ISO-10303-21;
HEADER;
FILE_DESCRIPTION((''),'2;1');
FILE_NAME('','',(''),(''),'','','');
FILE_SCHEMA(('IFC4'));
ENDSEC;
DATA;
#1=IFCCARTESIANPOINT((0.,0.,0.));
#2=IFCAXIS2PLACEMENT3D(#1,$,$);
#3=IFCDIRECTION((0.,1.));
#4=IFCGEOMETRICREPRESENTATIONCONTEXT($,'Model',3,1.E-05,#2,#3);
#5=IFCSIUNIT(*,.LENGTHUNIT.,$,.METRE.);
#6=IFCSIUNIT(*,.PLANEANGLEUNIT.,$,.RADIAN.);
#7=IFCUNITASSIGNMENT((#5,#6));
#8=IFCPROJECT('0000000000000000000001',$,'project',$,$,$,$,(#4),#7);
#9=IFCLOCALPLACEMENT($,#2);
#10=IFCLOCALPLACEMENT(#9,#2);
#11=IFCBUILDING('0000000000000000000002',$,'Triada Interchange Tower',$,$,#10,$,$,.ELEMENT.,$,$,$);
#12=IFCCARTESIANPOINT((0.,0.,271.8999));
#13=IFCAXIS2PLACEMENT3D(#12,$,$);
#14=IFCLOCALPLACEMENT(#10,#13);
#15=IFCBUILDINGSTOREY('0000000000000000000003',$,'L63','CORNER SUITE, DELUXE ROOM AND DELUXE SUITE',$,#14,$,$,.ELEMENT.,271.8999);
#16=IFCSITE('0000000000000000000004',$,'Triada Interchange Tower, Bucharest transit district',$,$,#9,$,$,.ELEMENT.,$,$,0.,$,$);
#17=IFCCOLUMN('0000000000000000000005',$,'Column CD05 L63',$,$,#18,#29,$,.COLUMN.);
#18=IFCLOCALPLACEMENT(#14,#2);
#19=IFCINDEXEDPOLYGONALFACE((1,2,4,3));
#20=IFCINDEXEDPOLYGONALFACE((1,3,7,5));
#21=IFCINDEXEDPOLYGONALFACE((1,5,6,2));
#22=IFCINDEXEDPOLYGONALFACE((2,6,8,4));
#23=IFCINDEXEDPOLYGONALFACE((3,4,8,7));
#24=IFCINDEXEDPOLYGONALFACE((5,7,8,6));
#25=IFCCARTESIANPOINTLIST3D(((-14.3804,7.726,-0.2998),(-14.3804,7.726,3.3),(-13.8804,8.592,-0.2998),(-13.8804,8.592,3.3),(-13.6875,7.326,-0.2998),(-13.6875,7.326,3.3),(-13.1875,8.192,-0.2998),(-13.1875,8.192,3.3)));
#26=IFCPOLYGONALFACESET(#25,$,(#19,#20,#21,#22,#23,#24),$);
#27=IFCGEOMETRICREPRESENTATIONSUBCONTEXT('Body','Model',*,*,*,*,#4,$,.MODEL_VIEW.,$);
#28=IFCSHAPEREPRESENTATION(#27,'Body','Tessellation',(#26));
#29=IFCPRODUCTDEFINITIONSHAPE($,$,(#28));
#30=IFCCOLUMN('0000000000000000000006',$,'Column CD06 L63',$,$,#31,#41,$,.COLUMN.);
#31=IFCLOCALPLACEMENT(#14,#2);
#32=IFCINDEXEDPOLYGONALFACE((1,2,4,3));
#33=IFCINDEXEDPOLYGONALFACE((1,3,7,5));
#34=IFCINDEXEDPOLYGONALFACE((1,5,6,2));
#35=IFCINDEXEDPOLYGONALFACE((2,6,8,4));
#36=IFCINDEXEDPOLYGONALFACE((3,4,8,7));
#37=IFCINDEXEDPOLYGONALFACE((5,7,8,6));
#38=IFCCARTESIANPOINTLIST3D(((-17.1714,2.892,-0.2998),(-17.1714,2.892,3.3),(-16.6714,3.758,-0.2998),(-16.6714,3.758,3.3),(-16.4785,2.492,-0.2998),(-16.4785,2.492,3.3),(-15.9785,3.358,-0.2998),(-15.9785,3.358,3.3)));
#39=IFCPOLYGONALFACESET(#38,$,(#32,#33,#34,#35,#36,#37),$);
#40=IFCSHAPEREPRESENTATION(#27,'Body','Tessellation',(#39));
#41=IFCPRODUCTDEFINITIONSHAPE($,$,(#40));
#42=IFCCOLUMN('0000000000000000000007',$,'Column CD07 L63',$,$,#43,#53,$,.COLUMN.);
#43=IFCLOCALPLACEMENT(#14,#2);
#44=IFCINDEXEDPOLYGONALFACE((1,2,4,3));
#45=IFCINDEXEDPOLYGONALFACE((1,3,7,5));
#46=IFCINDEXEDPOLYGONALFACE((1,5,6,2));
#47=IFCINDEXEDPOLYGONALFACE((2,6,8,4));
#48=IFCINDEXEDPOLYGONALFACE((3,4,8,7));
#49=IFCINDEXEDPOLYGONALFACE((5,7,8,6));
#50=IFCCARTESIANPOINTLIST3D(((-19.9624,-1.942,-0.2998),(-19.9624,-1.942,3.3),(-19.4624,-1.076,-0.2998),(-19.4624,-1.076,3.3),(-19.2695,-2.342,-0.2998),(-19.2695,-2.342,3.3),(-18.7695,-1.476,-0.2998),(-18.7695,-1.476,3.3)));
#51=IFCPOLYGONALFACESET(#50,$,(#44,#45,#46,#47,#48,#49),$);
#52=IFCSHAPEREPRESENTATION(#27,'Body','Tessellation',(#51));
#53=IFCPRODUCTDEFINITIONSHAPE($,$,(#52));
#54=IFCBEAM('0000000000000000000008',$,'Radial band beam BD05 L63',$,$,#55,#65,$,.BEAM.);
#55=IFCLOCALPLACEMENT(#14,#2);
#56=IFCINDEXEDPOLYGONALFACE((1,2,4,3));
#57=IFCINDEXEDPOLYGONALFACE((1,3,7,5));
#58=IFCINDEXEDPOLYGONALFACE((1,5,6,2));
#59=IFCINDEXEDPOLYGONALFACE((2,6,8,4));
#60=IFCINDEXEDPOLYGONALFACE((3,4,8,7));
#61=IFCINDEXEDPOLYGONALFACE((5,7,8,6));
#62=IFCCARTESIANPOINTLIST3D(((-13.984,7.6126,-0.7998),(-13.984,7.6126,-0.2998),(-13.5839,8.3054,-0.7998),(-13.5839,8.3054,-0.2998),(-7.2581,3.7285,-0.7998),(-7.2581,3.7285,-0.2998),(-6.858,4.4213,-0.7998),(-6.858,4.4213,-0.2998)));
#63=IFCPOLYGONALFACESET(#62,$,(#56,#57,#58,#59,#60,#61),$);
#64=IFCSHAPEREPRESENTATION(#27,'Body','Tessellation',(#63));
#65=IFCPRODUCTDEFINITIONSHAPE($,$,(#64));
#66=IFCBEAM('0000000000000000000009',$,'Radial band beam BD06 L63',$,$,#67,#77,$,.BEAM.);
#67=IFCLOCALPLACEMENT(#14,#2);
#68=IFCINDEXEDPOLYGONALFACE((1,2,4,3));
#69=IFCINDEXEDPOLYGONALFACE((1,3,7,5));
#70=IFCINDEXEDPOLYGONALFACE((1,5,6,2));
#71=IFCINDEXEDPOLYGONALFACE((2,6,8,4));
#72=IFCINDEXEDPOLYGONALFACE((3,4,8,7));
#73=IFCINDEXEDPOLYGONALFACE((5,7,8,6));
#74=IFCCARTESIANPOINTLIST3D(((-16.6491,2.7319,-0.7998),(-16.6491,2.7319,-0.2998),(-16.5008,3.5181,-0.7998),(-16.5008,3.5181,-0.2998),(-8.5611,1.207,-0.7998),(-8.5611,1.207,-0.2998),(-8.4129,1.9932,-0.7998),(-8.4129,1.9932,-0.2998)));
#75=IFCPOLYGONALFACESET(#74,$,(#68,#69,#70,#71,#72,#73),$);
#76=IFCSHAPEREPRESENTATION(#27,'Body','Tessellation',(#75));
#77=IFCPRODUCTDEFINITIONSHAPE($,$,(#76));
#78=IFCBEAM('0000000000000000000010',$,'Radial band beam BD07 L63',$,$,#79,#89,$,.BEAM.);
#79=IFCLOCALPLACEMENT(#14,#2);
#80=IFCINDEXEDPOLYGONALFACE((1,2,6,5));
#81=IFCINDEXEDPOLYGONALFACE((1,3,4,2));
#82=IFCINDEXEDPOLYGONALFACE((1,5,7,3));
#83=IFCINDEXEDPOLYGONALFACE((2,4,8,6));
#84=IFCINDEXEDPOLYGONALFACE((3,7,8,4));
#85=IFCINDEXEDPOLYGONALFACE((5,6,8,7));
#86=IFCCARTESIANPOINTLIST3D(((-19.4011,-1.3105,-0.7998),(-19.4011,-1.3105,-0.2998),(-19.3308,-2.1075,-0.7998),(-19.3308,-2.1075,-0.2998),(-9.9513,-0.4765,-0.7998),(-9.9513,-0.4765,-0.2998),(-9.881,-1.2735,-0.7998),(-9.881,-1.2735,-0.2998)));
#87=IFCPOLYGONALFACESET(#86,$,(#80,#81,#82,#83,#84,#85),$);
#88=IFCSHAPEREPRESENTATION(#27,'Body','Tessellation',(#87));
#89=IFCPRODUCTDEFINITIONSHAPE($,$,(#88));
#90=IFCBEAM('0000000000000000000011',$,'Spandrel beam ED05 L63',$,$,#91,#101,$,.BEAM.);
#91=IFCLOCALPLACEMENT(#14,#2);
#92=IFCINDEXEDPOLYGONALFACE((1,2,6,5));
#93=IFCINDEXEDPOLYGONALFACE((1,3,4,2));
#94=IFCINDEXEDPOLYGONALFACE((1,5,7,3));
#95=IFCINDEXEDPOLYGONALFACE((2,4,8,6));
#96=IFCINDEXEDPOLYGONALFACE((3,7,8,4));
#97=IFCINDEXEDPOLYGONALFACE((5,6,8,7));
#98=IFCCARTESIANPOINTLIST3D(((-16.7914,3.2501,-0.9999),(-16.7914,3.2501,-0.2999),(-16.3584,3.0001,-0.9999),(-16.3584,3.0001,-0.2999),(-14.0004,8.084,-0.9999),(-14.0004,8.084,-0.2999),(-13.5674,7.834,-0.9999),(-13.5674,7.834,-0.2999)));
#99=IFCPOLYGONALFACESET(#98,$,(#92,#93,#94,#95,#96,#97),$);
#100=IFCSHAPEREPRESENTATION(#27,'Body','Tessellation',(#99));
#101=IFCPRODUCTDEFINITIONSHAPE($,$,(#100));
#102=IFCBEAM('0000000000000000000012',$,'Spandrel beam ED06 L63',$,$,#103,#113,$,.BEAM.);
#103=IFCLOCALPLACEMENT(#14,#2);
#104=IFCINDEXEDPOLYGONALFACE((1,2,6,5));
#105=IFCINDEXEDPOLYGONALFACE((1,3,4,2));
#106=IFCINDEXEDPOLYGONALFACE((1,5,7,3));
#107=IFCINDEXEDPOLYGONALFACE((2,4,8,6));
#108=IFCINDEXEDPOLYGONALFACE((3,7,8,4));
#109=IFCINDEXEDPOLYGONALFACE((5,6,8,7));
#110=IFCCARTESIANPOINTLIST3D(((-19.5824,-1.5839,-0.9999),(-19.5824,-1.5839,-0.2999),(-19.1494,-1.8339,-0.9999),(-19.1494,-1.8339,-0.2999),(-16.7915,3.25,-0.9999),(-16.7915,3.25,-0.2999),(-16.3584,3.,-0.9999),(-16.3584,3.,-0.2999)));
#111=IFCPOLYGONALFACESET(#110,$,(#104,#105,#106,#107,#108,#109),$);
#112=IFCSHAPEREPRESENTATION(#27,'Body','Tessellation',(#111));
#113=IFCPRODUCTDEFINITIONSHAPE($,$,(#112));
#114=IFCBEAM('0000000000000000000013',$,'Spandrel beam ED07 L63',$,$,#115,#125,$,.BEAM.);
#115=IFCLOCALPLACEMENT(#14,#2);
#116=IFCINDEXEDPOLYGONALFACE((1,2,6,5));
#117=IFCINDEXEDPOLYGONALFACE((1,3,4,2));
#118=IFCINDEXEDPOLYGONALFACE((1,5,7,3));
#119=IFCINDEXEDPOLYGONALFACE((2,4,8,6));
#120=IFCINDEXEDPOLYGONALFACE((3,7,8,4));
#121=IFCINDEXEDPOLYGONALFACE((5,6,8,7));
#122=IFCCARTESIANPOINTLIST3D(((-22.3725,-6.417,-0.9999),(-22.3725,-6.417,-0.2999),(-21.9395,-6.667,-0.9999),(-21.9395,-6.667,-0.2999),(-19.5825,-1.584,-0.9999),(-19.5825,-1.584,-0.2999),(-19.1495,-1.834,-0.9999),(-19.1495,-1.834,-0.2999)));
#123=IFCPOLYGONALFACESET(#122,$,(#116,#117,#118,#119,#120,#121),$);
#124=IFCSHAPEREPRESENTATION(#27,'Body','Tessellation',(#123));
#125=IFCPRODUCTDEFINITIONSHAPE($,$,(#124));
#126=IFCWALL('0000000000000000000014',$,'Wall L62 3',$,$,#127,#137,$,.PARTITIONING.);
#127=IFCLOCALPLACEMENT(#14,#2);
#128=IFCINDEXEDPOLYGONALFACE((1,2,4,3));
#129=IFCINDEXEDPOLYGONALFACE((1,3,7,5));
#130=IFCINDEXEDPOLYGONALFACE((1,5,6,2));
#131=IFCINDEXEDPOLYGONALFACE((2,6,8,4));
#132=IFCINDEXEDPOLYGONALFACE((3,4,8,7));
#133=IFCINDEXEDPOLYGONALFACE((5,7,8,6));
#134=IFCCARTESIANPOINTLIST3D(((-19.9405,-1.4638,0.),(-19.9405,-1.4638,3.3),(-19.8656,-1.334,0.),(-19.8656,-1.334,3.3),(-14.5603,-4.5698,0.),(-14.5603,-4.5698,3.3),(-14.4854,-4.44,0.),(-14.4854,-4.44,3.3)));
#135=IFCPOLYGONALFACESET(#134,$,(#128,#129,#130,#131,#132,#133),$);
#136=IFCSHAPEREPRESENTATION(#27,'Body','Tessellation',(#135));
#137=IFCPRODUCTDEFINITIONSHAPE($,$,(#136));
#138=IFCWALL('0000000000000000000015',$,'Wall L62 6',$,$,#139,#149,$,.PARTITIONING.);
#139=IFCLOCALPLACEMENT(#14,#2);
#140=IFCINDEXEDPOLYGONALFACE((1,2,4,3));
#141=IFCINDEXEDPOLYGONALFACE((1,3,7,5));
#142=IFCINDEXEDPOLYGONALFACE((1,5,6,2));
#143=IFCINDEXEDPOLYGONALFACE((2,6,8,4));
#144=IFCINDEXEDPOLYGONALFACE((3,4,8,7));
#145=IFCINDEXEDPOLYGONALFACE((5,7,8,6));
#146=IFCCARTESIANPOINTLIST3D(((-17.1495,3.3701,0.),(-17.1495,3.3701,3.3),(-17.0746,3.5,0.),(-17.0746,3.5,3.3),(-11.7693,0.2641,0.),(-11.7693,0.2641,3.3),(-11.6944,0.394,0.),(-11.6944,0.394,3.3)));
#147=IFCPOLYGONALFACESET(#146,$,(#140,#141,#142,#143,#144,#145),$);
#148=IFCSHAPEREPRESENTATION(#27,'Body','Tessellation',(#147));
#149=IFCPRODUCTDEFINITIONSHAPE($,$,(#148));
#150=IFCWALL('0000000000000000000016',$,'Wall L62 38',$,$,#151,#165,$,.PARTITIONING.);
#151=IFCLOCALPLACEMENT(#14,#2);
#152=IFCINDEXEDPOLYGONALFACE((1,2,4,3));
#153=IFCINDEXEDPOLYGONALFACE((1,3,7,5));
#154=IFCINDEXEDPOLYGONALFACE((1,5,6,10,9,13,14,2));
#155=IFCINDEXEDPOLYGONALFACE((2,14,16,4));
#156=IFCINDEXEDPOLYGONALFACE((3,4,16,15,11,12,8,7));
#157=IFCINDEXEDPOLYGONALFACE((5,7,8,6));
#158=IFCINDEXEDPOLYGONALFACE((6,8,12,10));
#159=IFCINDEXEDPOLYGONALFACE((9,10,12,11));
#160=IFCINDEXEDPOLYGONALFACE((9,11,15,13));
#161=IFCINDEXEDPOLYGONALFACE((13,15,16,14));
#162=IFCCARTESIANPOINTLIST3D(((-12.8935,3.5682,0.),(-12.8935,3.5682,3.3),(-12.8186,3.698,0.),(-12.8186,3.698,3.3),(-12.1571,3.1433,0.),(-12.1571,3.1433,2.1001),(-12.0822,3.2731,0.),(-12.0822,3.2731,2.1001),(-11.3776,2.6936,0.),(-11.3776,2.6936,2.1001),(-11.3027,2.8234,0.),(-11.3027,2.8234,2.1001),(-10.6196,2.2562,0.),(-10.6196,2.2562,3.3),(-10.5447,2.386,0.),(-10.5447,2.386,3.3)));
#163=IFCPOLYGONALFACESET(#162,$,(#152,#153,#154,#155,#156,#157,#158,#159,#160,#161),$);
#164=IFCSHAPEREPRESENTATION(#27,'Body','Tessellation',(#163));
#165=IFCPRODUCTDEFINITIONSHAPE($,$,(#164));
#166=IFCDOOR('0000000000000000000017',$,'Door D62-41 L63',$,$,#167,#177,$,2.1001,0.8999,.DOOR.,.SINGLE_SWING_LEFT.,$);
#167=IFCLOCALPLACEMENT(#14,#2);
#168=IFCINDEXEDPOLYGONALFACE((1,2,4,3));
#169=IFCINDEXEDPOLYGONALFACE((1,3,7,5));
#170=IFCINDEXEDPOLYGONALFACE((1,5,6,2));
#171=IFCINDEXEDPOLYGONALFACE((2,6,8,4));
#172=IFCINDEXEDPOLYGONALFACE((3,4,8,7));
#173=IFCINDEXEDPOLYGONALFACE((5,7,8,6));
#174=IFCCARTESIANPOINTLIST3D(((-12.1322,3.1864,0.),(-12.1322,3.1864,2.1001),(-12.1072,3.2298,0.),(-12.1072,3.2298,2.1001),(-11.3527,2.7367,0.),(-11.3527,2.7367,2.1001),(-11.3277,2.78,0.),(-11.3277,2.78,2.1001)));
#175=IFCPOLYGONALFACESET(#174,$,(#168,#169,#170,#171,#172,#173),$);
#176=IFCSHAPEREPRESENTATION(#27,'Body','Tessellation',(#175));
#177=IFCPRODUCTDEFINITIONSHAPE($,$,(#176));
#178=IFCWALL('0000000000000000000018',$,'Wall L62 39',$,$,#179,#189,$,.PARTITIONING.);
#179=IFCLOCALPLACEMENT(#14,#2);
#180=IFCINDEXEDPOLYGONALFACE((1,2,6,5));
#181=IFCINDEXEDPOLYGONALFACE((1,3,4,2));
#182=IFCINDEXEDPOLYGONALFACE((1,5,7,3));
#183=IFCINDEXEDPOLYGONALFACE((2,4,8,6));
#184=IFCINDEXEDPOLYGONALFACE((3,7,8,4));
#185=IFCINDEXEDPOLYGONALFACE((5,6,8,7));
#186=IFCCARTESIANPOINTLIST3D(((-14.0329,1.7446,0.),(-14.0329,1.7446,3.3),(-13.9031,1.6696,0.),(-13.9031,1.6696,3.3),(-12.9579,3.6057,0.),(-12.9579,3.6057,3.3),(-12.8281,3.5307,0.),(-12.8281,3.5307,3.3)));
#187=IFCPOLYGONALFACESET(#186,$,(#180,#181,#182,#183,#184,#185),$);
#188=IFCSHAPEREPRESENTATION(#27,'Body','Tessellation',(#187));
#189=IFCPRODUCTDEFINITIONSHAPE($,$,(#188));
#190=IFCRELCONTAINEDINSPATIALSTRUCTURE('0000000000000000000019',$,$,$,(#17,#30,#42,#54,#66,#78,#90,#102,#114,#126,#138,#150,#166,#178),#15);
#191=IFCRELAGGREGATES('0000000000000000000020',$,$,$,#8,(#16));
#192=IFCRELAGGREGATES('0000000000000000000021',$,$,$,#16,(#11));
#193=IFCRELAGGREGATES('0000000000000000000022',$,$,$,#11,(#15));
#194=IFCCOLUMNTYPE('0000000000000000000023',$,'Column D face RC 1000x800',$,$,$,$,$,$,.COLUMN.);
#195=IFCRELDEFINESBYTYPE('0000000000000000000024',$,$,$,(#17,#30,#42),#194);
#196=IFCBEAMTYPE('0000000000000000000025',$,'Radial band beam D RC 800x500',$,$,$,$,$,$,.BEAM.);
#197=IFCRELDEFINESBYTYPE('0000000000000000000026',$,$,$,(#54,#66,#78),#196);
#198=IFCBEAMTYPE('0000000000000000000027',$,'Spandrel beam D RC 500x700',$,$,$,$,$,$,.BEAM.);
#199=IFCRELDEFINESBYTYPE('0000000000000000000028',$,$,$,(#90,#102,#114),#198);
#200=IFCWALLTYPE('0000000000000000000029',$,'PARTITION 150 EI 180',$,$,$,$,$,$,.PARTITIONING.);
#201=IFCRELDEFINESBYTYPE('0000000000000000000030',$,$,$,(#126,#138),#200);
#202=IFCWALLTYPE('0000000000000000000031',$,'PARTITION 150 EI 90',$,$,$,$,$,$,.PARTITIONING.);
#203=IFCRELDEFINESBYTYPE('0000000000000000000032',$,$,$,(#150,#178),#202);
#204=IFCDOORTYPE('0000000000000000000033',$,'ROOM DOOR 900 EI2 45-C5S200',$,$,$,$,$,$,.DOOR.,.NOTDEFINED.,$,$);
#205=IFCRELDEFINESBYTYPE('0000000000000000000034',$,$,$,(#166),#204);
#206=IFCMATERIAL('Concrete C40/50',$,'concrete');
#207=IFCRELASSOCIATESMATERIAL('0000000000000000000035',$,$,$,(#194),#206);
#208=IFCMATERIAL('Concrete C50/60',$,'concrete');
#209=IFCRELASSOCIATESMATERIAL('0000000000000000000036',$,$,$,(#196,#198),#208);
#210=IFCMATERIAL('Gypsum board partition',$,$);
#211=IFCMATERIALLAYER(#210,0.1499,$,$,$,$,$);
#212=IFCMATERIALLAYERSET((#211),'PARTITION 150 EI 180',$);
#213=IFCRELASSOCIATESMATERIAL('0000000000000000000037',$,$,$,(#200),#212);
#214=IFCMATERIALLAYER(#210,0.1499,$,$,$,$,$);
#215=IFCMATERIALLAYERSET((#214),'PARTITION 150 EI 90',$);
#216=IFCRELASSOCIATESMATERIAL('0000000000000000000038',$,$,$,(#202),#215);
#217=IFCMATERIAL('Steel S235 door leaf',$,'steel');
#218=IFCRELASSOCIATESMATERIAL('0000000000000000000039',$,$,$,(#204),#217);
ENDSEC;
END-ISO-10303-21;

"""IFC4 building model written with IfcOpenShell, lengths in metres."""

from ifc_helpers import new_model, si_unit, direction, frame, frame_2d, origin, origin_2d, place, context, subcontext, project, spatial, rectangle, extrude, material, layer, layer_set, material_profile, profile_set, type_object, element, fill, save


model = new_model("IFC4")

# Units and contexts
model_context = context("Model", 3, precision=1e-05, world=origin(), true_north=direction((0.0, 1.0)))
body_context = subcontext(model_context, "Body", "Model", "MODEL_VIEW")
ifc_project = project(units=[si_unit("LENGTHUNIT", "METRE"), si_unit("PLANEANGLEUNIT", "RADIAN")], contexts=[model_context])

# Site, building, storey
site_placement = place(None, origin())
site = spatial("IfcSite", under=ifc_project, at=site_placement, Name="Triada Interchange Tower, Bucharest transit district", CompositionType="ELEMENT", RefElevation=0.0)
building_placement = place(site_placement, origin())
building = spatial("IfcBuilding", under=site, at=building_placement, Name="Triada Interchange Tower", CompositionType="ELEMENT")
storey_placement = place(building_placement, frame((0.0, 0.0, 271.8999)))
storey = spatial("IfcBuildingStorey", under=building, at=storey_placement, Name="L63", Description="CORNER SUITE, DELUXE ROOM AND DELUXE SUITE", CompositionType="ELEMENT", Elevation=271.8999)

# Columns
ifc_material_1 = material(Name="Concrete C40/50", Category="concrete")
ifc_material_profile_1 = material_profile(ifc_material_1, rectangle(XDim=1.0, YDim=0.8, at=origin_2d()), Name="RC 1000x800")
ifc_profile_set_1 = profile_set([ifc_material_profile_1], Name="Concrete C40/50")
column_type = type_object("IfcColumnType", Name="Column D face RC 1000x800", PredefinedType="COLUMN", material=ifc_profile_set_1)
for number, where, z_axis, x_axis, name in (
    (1, (-13.7839, 7.959, -0.2998), (0.0, 0.0, 1.0), (0.5, 0.866025, 0.0), "Column CD05 L63"),
    (2, (-16.575, 3.125, -0.2998), (0.0, 0.0, 1.0), (0.5, 0.866025, 0.0), "Column CD06 L63"),
    (3, (-19.366, -1.709, -0.2998), (0.0, 0.0, 1.0), (0.5, 0.866025, 0.0), "Column CD07 L63"),
):
    element("IfcColumn", number, at=place(storey_placement, frame(where, z_axis=z_axis, x_axis=x_axis)), inside=storey, type_object=column_type, Name=name, PredefinedType="COLUMN", context=body_context, shape_type="SweptSolid", body=[
        extrude(rectangle(XDim=1.0, YDim=0.8, at=origin_2d()), origin(), (0.0, 0.0, 1.0), 3.5999),
    ])

# Beams
ifc_material_2 = material(Name="Concrete C50/60", Category="concrete")
ifc_material_profile_2 = material_profile(ifc_material_2, rectangle(XDim=0.8, YDim=0.5, at=origin_2d()), Name="RC 800x500")
ifc_profile_set_2 = profile_set([ifc_material_profile_2], Name="Concrete C50/60")
beam_type_1 = type_object("IfcBeamType", Name="Radial band beam D RC 800x500", PredefinedType="BEAM", material=ifc_profile_set_2)
beam_1_placement = place(storey_placement, frame((-13.7839, 7.959, -0.5498), z_axis=(0.865977, -0.500084, 0.0), x_axis=(0.500084, 0.865977, 0.0)))
element("IfcBeam", 4, at=beam_1_placement, inside=storey, type_object=beam_type_1, Name="Radial band beam BD05 L63", PredefinedType="BEAM", context=body_context, shape_type="SweptSolid", body=[
    extrude(rectangle(XDim=0.8, YDim=0.5, at=origin_2d()), origin(), (0.0, 0.0, 1.0), 7.7668),
])
beam_2_placement = place(storey_placement, frame((-16.575, 3.125, -0.5498), z_axis=(0.982686, -0.185277, 0.0), x_axis=(0.185277, 0.982686, 0.0)))
element("IfcBeam", 5, at=beam_2_placement, inside=storey, type_object=beam_type_1, Name="Radial band beam BD06 L63", PredefinedType="BEAM", context=body_context, shape_type="SweptSolid", body=[
    extrude(rectangle(XDim=0.8, YDim=0.5, at=origin_2d()), origin(), (0.0, 0.0, 1.0), 8.2305),
])
beam_3_placement = place(storey_placement, frame((-19.366, -1.709, -0.5498), z_axis=(0.996128, 0.087911, 0.0), x_axis=(-0.087911, 0.996128, 0.0)))
element("IfcBeam", 6, at=beam_3_placement, inside=storey, type_object=beam_type_1, Name="Radial band beam BD07 L63", PredefinedType="BEAM", context=body_context, shape_type="SweptSolid", body=[
    extrude(rectangle(XDim=0.8, YDim=0.5, at=origin_2d()), origin(), (0.0, 0.0, 1.0), 9.4866),
])
ifc_material_profile_3 = material_profile(ifc_material_2, rectangle(XDim=0.5, YDim=0.7, at=origin_2d()), Name="RC 500x700")
ifc_profile_set_3 = profile_set([ifc_material_profile_3], Name="Concrete C50/60")
beam_type_2 = type_object("IfcBeamType", Name="Spandrel beam D RC 500x700", PredefinedType="BEAM", material=ifc_profile_set_3)
for number, where, z_axis, x_axis, name in (
    (7, (-13.7839, 7.959, -0.6499), (-0.500015, -0.866017, 0.0), (0.866017, -0.500015, 0.0), "Spandrel beam ED05 L63"),
    (8, (-16.575, 3.125, -0.6499), (-0.500015, -0.866017, 0.0), (0.866017, -0.500015, 0.0), "Spandrel beam ED06 L63"),
):
    element("IfcBeam", number, at=place(storey_placement, frame(where, z_axis=z_axis, x_axis=x_axis)), inside=storey, type_object=beam_type_2, Name=name, PredefinedType="BEAM", context=body_context, shape_type="SweptSolid", body=[
        extrude(rectangle(XDim=0.5, YDim=0.7, at=origin_2d()), origin(), (0.0, 0.0, 1.0), 5.5818),
    ])
beam_4_placement = place(storey_placement, frame((-19.366, -1.709, -0.6499), z_axis=(-0.49996, -0.866049, 0.0), x_axis=(0.866049, -0.49996, 0.0)))
element("IfcBeam", 9, at=beam_4_placement, inside=storey, type_object=beam_type_2, Name="Spandrel beam ED07 L63", PredefinedType="BEAM", context=body_context, shape_type="SweptSolid", body=[
    extrude(rectangle(XDim=0.5, YDim=0.7, at=origin_2d()), origin(), (0.0, 0.0, 1.0), 5.5806),
])

# Walls
ifc_material_3 = material(Name="Gypsum board partition")
ifc_layer_1 = layer(ifc_material_3, 0.1499)
ifc_layer_set_1 = layer_set([ifc_layer_1], Name="PARTITION 150 EI 180")
wall_type_1 = type_object("IfcWallType", Name="PARTITION 150 EI 180", PredefinedType="PARTITIONING", material=ifc_layer_set_1)
for number, where, z_axis, x_axis, name in (
    (10, (-19.9031, -1.3989, 0.0), (0.0, 0.0, 1.0), (0.866044, -0.499969, 0.0), "Wall L62 3"),
    (11, (-17.1121, 3.4351, 0.0), (0.0, 0.0, 1.0), (0.866044, -0.499969, 0.0), "Wall L62 6"),
):
    element("IfcWall", number, at=place(storey_placement, frame(where, z_axis=z_axis, x_axis=x_axis)), inside=storey, type_object=wall_type_1, Name=name, PredefinedType="PARTITIONING", context=body_context, shape_type="SweptSolid", body=[
        extrude(rectangle(XDim=6.2124, YDim=0.1499, at=frame_2d((3.1062, 0.0))), origin(), (0.0, 0.0, 1.0), 3.3),
    ])

# Wall, opening, door
ifc_layer_2 = layer(ifc_material_3, 0.1499)
ifc_layer_set_2 = layer_set([ifc_layer_2], Name="PARTITION 150 EI 90")
wall_type_2 = type_object("IfcWallType", Name="PARTITION 150 EI 90", PredefinedType="PARTITIONING", material=ifc_layer_set_2)
wall_1_placement = place(storey_placement, frame((-12.856, 3.6331, 0.0), z_axis=(0.0, 0.0, 1.0), x_axis=(0.866164, -0.49976, 0.0)))
wall_1 = element("IfcWall", 12, at=wall_1_placement, inside=storey, type_object=wall_type_2, Name="Wall L62 38", PredefinedType="PARTITIONING", context=body_context, shape_type="SweptSolid", body=[
    extrude(rectangle(XDim=2.6252, YDim=0.1499, at=frame_2d((1.3125, 0.0))), origin(), (0.0, 0.0, 1.0), 3.3),
])
opening_1_placement = place(wall_1_placement, frame((0.8501, 0.0, 0.0)))
opening_1 = element("IfcOpeningElement", 13, at=opening_1_placement, cuts=wall_1, PredefinedType="OPENING", context=body_context, shape_type="SweptSolid", body=[
    extrude(rectangle(XDim=0.8999, YDim=2.1001, at=frame_2d((0.45, 1.05))), frame((0.0, 0.085, 0.0), z_axis=(0.0, -1.0, 0.0), x_axis=(1.0, 0.0, 0.0)), (0.0, 0.0, 1.0), 0.1699),
])
ifc_material_4 = material(Name="Steel S235 door leaf", Category="steel")
door_type = type_object("IfcDoorType", Name="ROOM DOOR 900 EI2 45-C5S200", OperationType="NOTDEFINED", PredefinedType="DOOR", material=ifc_material_4)
door_1_placement = place(opening_1_placement, origin())
door_1 = element("IfcDoor", 14, at=door_1_placement, inside=storey, type_object=door_type, Name="Door D62-41 L63", OperationType="SINGLE_SWING_LEFT", OverallHeight=2.1001, OverallWidth=0.8999, PredefinedType="DOOR", context=body_context, shape_type="SweptSolid", body=[
    extrude(rectangle(XDim=0.8999, YDim=2.1001, at=frame_2d((0.45, 1.05))), frame((0.0, 0.0249, 0.0), z_axis=(0.0, -1.0, 0.0), x_axis=(1.0, 0.0, 0.0)), (0.0, 0.0, 1.0), 0.05),
])
fill(opening_1, door_1)

# Wall
wall_2_placement = place(storey_placement, frame((-13.968, 1.707, 0.0), z_axis=(0.0, 0.0, 1.0), x_axis=(0.500158, 0.865934, 0.0)))
element("IfcWall", 15, at=wall_2_placement, inside=storey, type_object=wall_type_2, Name="Wall L62 39", PredefinedType="PARTITIONING", context=body_context, shape_type="SweptSolid", body=[
    extrude(rectangle(XDim=2.1492, YDim=0.1499, at=frame_2d((1.0747, 0.0))), origin(), (0.0, 0.0, 1.0), 3.3),
])

save(model, "model.ifc")
